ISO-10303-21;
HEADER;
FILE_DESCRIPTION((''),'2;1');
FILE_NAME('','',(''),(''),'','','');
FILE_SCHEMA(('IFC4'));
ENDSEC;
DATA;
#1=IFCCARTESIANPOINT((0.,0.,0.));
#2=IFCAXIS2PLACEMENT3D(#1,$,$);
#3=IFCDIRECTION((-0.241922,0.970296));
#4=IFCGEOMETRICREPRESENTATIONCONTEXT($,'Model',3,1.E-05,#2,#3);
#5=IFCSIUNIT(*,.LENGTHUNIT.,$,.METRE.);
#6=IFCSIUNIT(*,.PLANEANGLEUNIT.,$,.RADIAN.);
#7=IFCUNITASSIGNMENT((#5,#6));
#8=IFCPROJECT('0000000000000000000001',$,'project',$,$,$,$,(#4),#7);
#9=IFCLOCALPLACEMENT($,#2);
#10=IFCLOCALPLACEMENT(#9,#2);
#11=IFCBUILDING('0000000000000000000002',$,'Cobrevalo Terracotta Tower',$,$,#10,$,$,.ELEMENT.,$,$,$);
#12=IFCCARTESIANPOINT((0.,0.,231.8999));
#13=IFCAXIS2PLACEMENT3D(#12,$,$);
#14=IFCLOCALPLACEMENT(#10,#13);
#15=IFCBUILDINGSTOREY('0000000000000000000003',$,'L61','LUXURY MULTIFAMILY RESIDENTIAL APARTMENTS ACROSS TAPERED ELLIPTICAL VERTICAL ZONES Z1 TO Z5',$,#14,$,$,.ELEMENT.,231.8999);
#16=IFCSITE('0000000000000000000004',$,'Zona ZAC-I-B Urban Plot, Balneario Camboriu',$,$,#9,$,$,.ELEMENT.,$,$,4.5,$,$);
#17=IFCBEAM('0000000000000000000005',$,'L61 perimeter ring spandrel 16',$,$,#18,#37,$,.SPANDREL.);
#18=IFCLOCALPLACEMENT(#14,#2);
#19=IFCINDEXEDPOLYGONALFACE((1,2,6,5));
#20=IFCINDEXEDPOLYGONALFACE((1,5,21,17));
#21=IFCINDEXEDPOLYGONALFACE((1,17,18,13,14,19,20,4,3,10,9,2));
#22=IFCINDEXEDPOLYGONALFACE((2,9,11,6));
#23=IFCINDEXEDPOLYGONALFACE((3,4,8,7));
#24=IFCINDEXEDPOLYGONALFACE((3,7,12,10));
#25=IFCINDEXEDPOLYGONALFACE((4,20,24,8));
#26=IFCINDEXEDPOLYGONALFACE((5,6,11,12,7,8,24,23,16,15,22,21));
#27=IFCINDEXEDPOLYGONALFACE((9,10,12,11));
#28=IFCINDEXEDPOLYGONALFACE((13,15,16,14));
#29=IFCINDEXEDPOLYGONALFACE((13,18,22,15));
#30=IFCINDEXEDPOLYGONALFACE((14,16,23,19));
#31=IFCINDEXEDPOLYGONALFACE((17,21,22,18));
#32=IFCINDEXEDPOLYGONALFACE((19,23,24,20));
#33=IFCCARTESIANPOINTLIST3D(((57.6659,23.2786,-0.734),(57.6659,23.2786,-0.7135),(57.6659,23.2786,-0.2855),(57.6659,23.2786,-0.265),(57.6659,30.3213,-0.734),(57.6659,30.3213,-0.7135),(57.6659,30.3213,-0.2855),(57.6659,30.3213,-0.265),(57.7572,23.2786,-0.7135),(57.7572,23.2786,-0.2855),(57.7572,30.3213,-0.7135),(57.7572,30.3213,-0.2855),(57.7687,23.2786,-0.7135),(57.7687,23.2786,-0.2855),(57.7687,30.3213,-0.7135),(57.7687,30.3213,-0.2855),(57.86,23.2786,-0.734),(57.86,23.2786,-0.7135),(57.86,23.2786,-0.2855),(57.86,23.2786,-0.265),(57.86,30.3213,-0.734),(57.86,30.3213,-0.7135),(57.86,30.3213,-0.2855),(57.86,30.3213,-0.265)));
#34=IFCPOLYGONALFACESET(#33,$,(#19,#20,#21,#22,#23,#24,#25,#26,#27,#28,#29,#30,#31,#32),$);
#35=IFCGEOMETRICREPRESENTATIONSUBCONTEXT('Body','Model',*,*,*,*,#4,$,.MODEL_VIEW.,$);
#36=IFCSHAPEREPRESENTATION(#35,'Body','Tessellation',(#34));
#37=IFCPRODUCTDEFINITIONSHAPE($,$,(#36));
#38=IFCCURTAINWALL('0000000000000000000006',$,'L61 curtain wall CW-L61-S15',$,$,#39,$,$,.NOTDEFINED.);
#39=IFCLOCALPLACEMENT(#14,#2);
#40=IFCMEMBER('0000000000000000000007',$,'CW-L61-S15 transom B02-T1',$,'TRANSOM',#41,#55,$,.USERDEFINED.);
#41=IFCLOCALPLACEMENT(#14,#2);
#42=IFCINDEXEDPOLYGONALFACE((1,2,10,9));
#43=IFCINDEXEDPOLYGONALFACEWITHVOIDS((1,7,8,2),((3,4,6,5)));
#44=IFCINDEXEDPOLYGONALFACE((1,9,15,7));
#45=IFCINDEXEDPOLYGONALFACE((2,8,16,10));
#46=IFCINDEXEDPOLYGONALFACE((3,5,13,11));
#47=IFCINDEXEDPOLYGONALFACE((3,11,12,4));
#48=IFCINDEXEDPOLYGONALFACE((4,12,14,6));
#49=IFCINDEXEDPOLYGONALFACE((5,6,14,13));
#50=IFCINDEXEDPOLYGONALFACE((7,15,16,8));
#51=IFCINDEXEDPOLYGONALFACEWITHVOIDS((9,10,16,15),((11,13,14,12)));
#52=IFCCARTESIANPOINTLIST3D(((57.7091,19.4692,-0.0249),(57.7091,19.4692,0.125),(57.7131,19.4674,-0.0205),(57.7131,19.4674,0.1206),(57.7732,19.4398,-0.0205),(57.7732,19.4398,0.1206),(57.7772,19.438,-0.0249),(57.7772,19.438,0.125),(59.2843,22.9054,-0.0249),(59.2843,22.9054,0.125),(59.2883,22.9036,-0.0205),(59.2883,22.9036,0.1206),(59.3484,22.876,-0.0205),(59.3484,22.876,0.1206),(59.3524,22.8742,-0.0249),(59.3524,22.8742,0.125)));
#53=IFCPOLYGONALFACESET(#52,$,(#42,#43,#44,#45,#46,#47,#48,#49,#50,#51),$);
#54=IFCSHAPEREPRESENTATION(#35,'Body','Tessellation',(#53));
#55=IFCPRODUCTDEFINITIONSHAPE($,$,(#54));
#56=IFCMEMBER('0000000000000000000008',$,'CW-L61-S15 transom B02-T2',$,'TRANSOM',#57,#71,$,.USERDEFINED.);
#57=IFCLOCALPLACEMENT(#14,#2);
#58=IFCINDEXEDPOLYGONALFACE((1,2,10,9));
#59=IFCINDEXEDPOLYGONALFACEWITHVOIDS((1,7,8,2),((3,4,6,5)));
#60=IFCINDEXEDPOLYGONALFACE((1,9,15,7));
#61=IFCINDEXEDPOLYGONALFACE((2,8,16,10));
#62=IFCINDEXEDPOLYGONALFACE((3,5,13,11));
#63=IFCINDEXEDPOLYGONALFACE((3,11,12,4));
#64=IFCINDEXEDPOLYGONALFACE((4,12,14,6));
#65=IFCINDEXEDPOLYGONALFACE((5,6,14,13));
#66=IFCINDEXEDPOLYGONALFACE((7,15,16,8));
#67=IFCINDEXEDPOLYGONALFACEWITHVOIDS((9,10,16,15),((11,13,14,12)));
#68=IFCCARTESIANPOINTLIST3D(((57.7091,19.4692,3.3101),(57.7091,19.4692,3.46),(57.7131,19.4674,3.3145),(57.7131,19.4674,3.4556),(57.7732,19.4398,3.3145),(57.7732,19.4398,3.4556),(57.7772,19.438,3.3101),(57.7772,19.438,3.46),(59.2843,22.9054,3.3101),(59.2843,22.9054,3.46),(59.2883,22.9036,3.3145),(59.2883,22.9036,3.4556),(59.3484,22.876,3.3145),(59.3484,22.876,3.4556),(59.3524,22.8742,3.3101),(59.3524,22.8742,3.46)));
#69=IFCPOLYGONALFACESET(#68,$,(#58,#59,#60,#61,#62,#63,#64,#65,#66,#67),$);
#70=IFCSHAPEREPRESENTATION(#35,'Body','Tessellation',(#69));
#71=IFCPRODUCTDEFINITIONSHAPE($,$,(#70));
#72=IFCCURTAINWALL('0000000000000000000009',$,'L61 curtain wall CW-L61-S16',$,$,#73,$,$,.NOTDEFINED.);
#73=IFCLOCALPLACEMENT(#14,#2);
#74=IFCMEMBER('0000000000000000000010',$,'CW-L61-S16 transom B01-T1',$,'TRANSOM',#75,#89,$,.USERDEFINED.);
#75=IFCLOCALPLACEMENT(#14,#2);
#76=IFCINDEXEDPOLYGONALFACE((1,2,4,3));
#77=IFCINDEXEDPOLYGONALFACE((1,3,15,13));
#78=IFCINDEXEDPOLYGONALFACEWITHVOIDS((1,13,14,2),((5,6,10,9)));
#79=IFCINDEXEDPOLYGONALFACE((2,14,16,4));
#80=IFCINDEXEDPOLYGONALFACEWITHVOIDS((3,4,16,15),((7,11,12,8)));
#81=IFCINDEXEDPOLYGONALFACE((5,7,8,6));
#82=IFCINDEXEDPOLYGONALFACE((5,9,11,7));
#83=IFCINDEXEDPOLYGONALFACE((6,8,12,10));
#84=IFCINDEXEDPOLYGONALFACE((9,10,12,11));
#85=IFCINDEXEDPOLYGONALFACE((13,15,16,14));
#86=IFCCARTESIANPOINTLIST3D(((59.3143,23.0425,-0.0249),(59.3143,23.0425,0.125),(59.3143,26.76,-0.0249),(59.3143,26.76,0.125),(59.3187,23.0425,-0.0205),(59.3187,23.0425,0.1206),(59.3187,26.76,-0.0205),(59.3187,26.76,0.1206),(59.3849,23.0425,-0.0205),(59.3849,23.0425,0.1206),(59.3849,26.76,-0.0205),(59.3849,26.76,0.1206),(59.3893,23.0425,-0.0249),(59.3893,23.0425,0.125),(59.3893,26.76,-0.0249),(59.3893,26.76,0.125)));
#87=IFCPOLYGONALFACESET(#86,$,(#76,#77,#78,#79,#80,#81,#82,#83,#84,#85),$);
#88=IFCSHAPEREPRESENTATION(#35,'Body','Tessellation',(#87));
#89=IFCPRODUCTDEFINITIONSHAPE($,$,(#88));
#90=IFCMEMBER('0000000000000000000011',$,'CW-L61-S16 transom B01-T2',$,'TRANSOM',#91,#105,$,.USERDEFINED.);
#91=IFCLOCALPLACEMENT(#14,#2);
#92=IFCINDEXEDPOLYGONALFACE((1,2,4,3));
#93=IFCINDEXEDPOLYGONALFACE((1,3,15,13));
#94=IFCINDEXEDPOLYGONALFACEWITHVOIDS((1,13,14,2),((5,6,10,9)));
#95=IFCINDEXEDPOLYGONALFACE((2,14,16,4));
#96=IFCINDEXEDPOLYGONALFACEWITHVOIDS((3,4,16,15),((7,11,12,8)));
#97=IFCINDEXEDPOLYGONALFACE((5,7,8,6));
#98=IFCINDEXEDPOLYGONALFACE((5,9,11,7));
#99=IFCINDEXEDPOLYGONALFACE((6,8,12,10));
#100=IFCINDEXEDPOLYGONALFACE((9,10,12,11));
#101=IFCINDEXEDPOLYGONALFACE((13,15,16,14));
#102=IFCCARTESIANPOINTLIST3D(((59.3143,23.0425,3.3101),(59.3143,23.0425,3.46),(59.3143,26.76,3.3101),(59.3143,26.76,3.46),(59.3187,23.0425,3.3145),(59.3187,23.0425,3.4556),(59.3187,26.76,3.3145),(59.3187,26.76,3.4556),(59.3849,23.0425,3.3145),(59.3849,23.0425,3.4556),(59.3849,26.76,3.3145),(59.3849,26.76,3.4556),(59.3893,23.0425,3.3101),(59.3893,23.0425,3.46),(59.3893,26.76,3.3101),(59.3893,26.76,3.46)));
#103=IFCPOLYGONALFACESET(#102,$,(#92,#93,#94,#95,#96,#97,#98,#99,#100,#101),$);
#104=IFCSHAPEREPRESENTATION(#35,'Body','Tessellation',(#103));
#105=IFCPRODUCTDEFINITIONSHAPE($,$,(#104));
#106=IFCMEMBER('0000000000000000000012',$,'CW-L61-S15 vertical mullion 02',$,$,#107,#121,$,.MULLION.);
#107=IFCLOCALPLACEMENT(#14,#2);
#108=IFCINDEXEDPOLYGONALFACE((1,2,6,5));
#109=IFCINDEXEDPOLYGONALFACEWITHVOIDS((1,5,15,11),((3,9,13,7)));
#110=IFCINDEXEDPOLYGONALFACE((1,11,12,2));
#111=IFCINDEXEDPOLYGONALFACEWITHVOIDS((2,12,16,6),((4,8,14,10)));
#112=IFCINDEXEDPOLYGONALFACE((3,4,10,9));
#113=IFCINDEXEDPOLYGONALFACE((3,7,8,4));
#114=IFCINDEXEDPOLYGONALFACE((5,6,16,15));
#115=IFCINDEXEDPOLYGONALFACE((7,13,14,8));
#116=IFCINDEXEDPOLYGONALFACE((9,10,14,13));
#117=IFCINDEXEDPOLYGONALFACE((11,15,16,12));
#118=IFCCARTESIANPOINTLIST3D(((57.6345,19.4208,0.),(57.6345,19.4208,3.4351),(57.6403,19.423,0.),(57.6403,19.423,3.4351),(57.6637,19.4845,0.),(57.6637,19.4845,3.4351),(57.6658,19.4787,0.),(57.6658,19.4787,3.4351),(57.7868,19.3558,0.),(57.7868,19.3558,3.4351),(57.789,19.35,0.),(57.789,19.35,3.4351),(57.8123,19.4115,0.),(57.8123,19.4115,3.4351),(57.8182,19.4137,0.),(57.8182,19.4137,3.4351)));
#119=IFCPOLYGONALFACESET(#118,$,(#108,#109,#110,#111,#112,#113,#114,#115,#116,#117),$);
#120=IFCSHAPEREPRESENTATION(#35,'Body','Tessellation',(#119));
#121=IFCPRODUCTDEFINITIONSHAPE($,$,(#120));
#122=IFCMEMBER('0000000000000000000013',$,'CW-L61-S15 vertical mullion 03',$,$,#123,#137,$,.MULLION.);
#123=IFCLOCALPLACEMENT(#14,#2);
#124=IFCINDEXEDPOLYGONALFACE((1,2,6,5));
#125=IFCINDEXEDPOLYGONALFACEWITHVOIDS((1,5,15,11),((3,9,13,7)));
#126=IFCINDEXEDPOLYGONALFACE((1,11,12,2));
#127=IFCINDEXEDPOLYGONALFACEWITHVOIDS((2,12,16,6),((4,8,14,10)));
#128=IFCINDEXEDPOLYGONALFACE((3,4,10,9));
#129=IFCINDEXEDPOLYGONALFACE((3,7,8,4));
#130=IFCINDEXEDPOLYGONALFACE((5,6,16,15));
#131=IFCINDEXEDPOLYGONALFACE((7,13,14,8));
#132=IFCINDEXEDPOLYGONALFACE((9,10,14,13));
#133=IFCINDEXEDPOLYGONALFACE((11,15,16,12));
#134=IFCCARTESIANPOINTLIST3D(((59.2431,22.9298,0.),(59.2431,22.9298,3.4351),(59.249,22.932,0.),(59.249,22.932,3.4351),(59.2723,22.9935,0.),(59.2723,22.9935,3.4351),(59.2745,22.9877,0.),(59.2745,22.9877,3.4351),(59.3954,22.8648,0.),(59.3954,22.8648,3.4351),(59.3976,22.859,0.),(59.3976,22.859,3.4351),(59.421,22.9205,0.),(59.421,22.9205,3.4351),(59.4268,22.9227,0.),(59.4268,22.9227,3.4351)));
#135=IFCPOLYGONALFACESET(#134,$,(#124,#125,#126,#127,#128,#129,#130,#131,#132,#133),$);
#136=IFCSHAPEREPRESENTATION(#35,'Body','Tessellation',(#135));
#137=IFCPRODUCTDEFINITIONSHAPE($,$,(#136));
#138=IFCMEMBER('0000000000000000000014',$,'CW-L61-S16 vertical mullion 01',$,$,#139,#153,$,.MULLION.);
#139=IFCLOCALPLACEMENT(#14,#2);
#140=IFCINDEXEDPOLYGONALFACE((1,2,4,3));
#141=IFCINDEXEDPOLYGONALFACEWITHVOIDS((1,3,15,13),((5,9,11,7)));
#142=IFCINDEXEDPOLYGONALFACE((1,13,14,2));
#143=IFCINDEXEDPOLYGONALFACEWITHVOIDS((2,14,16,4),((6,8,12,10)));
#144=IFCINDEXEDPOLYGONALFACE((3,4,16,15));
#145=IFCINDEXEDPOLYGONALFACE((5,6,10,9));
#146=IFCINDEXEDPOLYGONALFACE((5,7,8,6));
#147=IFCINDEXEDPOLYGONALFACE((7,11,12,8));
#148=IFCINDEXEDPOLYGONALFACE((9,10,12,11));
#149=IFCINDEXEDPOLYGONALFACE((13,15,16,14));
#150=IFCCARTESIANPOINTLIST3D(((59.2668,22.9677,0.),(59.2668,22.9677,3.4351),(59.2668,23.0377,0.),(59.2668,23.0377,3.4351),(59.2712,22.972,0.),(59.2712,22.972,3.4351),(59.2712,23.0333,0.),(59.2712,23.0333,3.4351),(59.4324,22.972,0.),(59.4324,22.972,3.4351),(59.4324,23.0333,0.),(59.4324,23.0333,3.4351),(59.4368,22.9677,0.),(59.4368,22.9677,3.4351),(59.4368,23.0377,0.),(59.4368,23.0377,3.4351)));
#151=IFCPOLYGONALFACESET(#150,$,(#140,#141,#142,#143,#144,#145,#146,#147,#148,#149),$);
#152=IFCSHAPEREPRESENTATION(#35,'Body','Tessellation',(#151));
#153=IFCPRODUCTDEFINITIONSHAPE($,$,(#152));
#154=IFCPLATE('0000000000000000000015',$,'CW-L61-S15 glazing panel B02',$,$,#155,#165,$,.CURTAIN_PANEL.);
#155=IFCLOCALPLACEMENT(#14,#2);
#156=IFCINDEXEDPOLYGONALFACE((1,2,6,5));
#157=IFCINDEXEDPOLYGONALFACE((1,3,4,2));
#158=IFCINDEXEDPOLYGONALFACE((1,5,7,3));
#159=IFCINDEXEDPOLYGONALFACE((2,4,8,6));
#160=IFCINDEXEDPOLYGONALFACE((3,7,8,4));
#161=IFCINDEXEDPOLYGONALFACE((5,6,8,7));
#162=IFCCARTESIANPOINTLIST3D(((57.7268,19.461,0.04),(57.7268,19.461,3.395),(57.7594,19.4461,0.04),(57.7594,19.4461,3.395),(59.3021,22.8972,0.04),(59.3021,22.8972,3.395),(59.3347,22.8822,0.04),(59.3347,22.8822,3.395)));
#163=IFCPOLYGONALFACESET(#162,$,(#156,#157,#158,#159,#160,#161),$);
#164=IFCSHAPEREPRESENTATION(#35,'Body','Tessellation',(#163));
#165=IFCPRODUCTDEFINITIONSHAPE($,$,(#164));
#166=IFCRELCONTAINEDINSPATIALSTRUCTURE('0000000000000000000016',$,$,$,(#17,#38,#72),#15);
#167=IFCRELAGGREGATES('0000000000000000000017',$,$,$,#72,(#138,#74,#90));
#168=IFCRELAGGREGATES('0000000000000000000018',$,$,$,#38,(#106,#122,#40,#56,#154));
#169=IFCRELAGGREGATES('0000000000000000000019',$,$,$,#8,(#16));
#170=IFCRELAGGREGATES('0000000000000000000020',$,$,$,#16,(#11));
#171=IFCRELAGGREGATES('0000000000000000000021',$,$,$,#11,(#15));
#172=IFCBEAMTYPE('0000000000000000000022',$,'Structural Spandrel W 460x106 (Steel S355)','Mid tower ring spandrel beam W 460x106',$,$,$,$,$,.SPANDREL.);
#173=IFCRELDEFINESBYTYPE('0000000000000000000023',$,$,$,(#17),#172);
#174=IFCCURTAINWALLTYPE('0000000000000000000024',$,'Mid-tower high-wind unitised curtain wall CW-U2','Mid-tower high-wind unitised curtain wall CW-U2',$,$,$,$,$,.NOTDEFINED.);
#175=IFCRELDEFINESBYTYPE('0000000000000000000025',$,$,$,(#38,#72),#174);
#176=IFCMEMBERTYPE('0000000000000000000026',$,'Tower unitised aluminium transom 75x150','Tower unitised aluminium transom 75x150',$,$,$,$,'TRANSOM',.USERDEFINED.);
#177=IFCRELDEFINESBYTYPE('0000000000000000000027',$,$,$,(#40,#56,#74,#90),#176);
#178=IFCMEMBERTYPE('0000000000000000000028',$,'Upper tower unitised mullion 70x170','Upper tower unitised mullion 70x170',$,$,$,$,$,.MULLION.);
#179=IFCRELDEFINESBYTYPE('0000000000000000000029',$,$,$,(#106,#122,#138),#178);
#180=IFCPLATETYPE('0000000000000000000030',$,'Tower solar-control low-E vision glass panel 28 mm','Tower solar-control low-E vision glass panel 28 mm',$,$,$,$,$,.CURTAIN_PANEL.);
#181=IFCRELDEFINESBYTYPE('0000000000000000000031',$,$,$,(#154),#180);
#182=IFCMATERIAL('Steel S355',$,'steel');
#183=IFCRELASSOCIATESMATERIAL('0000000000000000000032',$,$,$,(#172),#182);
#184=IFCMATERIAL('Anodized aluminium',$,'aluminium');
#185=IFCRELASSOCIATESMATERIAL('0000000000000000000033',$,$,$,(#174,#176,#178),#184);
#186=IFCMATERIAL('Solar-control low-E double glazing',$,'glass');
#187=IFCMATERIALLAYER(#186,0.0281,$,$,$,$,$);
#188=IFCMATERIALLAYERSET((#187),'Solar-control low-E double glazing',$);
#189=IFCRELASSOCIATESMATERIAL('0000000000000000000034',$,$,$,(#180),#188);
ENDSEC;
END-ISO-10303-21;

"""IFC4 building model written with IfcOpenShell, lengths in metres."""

from ifc_helpers import new_model, si_unit, direction, frame, origin, origin_2d, place, context, subcontext, project, spatial, rectangle, hollow_rectangle, i_section, extrude, source, transform, mapped, material, layer, layer_set, material_profile, profile_set, type_object, element, aggregate, save


model = new_model("IFC4")

# Units and contexts
model_context = context("Model", 3, precision=1e-05, world=origin(), true_north=direction((-0.241922, 0.970296)))
body_context = subcontext(model_context, "Body", "Model", "MODEL_VIEW")
ifc_project = project(units=[si_unit("LENGTHUNIT", "METRE"), si_unit("PLANEANGLEUNIT", "RADIAN")], contexts=[model_context])

# Site, building, storey
site_placement = place(None, origin())
site = spatial("IfcSite", under=ifc_project, at=site_placement, Name="Zona ZAC-I-B Urban Plot, Balneario Camboriu", CompositionType="ELEMENT", RefElevation=4.5)
building_placement = place(site_placement, origin())
building = spatial("IfcBuilding", under=site, at=building_placement, Name="Cobrevalo Terracotta Tower", CompositionType="ELEMENT")
storey_placement = place(building_placement, frame((0.0, 0.0, 231.8999)))
storey = spatial("IfcBuildingStorey", under=building, at=storey_placement, Name="L61", Description="LUXURY MULTIFAMILY RESIDENTIAL APARTMENTS ACROSS TAPERED ELLIPTICAL VERTICAL ZONES Z1 TO Z5", CompositionType="ELEMENT", Elevation=231.8999)

# Shared definitions
ifc_material_1 = material(Name="Steel S355", Category="steel")

# Beam
ifc_material_profile_1 = material_profile(ifc_material_1, i_section(OverallWidth=0.1941, OverallDepth=0.469, WebThickness=0.0115, FlangeThickness=0.0205, at=origin_2d()), Name="W 460x106")
ifc_profile_set_1 = profile_set([ifc_material_profile_1], Name="Steel S355")
beam_type_1 = type_object("IfcBeamType", Name="Structural Spandrel W 460x106 (Steel S355)", Description="Mid tower ring spandrel beam W 460x106", PredefinedType="SPANDREL", material=ifc_profile_set_1)
beam_1_placement = place(storey_placement, frame((57.7629, 23.2786, -0.4995), z_axis=(0.0, 1.0, 0.0), x_axis=(-1.0, 0.0, 0.0)))
element("IfcBeam", 1, at=beam_1_placement, inside=storey, type_object=beam_type_1, Name="L61 perimeter ring spandrel 16", PredefinedType="SPANDREL", context=body_context, shape_type="SweptSolid", body=[
    extrude(i_section(OverallWidth=0.1941, OverallDepth=0.469, WebThickness=0.0115, FlangeThickness=0.0205, at=origin_2d()), origin(), (0.0, 0.0, 1.0), 7.0427),
])

# Curtain walls, members
ifc_material_2 = material(Name="Anodized aluminium", Category="aluminium")
curtain_wall_type = type_object("IfcCurtainWallType", Name="Mid-tower high-wind unitised curtain wall CW-U2", Description="Mid-tower high-wind unitised curtain wall CW-U2", PredefinedType="NOTDEFINED", material=ifc_material_2)
curtain_wall_1_placement = place(storey_placement, origin())
curtain_wall_1 = element("IfcCurtainWall", 2, at=curtain_wall_1_placement, inside=storey, type_object=curtain_wall_type, Name="L61 curtain wall CW-L61-S15", PredefinedType="NOTDEFINED")
ifc_material_profile_2 = material_profile(ifc_material_2, hollow_rectangle(XDim=0.075, YDim=0.1499, WallThickness=0.0044, at=origin_2d()), Name="CWT 75x150")
ifc_profile_set_2 = profile_set([ifc_material_profile_2], Name="Anodized aluminium")
member_type_1 = type_object("IfcMemberType", Name="Tower unitised aluminium transom 75x150", Description="Tower unitised aluminium transom 75x150", ElementType="TRANSOM", PredefinedType="USERDEFINED", material=ifc_profile_set_2)
shared_shape_1 = source(origin(), body_context, "Body", "SweptSolid", [
    extrude(hollow_rectangle(XDim=0.075, YDim=0.1499, WallThickness=0.0044, at=origin_2d()), origin(), (0.0, 0.0, 1.0), 3.78),
])
member_1_placement = place(storey_placement, frame((57.7432, 19.4536, 0.05), z_axis=(0.416706, 0.909041, 0.0), x_axis=(-0.909041, 0.416706, 0.0)))
member_1 = element("IfcMember", 3, at=member_1_placement, type_object=member_type_1, Name="CW-L61-S15 transom B02-T1", ObjectType="TRANSOM", PredefinedType="USERDEFINED", context=body_context, shape_type="MappedRepresentation", body=[
    mapped(shared_shape_1, transform((0.0, 0.0, 0.0), scale=1.0)),
])
member_2_placement = place(storey_placement, frame((57.7432, 19.4536, 3.385), z_axis=(0.416706, 0.909041, 0.0), x_axis=(-0.909041, 0.416706, 0.0)))
member_2 = element("IfcMember", 4, at=member_2_placement, type_object=member_type_1, Name="CW-L61-S15 transom B02-T2", ObjectType="TRANSOM", PredefinedType="USERDEFINED", context=body_context, shape_type="MappedRepresentation", body=[
    mapped(shared_shape_1, transform((0.0, 0.0, 0.0), scale=1.0)),
])
curtain_wall_2_placement = place(storey_placement, origin())
curtain_wall_2 = element("IfcCurtainWall", 5, at=curtain_wall_2_placement, inside=storey, type_object=curtain_wall_type, Name="L61 curtain wall CW-L61-S16", PredefinedType="NOTDEFINED")
shared_shape_2 = source(origin(), body_context, "Body", "SweptSolid", [
    extrude(hollow_rectangle(XDim=0.075, YDim=0.1499, WallThickness=0.0044, at=origin_2d()), origin(), (0.0, 0.0, 1.0), 3.7175),
])
member_3_placement = place(storey_placement, frame((59.3518, 23.0425, 0.05), z_axis=(0.0, 1.0, 0.0), x_axis=(-1.0, 0.0, 0.0)))
member_3 = element("IfcMember", 6, at=member_3_placement, type_object=member_type_1, Name="CW-L61-S16 transom B01-T1", ObjectType="TRANSOM", PredefinedType="USERDEFINED", context=body_context, shape_type="MappedRepresentation", body=[
    mapped(shared_shape_2, transform((0.0, 0.0, 0.0), scale=1.0)),
])
member_4_placement = place(storey_placement, frame((59.3518, 23.0425, 3.385), z_axis=(0.0, 1.0, 0.0), x_axis=(-1.0, 0.0, 0.0)))
member_4 = element("IfcMember", 7, at=member_4_placement, type_object=member_type_1, Name="CW-L61-S16 transom B01-T2", ObjectType="TRANSOM", PredefinedType="USERDEFINED", context=body_context, shape_type="MappedRepresentation", body=[
    mapped(shared_shape_2, transform((0.0, 0.0, 0.0), scale=1.0)),
])

# Members
ifc_material_profile_3 = material_profile(ifc_material_2, hollow_rectangle(XDim=0.0701, YDim=0.1699, WallThickness=0.0044, at=origin_2d()), Name="CWM 70x170")
ifc_profile_set_3 = profile_set([ifc_material_profile_3], Name="Anodized aluminium")
member_type_2 = type_object("IfcMemberType", Name="Upper tower unitised mullion 70x170", Description="Upper tower unitised mullion 70x170", PredefinedType="MULLION", material=ifc_profile_set_3)
shared_shape_3 = source(origin(), body_context, "Body", "SweptSolid", [
    extrude(hollow_rectangle(XDim=0.0701, YDim=0.1699, WallThickness=0.0044, at=origin_2d()), origin(), (0.0, 0.0, 1.0), 3.4351),
])
member_5_placement = place(storey_placement, frame((57.7263, 19.4172, 0.0), z_axis=(0.0, 0.0, 1.0), x_axis=(0.416725, 0.909033, 0.0)))
member_5 = element("IfcMember", 8, at=member_5_placement, type_object=member_type_2, Name="CW-L61-S15 vertical mullion 02", PredefinedType="MULLION", context=body_context, shape_type="MappedRepresentation", body=[
    mapped(shared_shape_3, transform((0.0, 0.0, 0.0), scale=1.0)),
])
member_6_placement = place(storey_placement, frame((59.335, 22.9263, 0.0), z_axis=(0.0, 0.0, 1.0), x_axis=(0.416725, 0.909033, 0.0)))
member_6 = element("IfcMember", 9, at=member_6_placement, type_object=member_type_2, Name="CW-L61-S15 vertical mullion 03", PredefinedType="MULLION", context=body_context, shape_type="MappedRepresentation", body=[
    mapped(shared_shape_3, transform((0.0, 0.0, 0.0), scale=1.0)),
])
member_7_placement = place(storey_placement, frame((59.3518, 23.0027, 0.0), z_axis=(0.0, 0.0, 1.0), x_axis=(0.0, 1.0, 0.0)))
member_7 = element("IfcMember", 10, at=member_7_placement, type_object=member_type_2, Name="CW-L61-S16 vertical mullion 01", PredefinedType="MULLION", context=body_context, shape_type="MappedRepresentation", body=[
    mapped(shared_shape_3, transform((0.0, 0.0, 0.0), scale=1.0)),
])
aggregate(curtain_wall_2, [member_7, member_3, member_4])

# Plate
ifc_material_3 = material(Name="Solar-control low-E double glazing", Category="glass")
ifc_layer_1 = layer(ifc_material_3, 0.0281)
ifc_layer_set_1 = layer_set([ifc_layer_1], Name="Solar-control low-E double glazing")
plate_type = type_object("IfcPlateType", Name="Tower solar-control low-E vision glass panel 28 mm", Description="Tower solar-control low-E vision glass panel 28 mm", PredefinedType="CURTAIN_PANEL", material=ifc_layer_set_1)
shared_shape_4 = source(origin(), body_context, "Body", "SweptSolid", [
    extrude(rectangle(XDim=3.78, YDim=0.0359, at=origin_2d()), origin(), (0.0, 0.0, 1.0), 3.355),
])
plate_placement = place(storey_placement, frame((58.5308, 21.1716, 0.04), z_axis=(0.0, 0.0, 1.0), x_axis=(0.416731, 0.90903, 0.0)))
plate = element("IfcPlate", 11, at=plate_placement, type_object=plate_type, Name="CW-L61-S15 glazing panel B02", PredefinedType="CURTAIN_PANEL", context=body_context, shape_type="MappedRepresentation", body=[
    mapped(shared_shape_4, transform((0.0, 0.0, 0.0), scale=1.0)),
])
aggregate(curtain_wall_1, [member_5, member_6, member_1, member_2, plate])

save(model, "model.ifc")
